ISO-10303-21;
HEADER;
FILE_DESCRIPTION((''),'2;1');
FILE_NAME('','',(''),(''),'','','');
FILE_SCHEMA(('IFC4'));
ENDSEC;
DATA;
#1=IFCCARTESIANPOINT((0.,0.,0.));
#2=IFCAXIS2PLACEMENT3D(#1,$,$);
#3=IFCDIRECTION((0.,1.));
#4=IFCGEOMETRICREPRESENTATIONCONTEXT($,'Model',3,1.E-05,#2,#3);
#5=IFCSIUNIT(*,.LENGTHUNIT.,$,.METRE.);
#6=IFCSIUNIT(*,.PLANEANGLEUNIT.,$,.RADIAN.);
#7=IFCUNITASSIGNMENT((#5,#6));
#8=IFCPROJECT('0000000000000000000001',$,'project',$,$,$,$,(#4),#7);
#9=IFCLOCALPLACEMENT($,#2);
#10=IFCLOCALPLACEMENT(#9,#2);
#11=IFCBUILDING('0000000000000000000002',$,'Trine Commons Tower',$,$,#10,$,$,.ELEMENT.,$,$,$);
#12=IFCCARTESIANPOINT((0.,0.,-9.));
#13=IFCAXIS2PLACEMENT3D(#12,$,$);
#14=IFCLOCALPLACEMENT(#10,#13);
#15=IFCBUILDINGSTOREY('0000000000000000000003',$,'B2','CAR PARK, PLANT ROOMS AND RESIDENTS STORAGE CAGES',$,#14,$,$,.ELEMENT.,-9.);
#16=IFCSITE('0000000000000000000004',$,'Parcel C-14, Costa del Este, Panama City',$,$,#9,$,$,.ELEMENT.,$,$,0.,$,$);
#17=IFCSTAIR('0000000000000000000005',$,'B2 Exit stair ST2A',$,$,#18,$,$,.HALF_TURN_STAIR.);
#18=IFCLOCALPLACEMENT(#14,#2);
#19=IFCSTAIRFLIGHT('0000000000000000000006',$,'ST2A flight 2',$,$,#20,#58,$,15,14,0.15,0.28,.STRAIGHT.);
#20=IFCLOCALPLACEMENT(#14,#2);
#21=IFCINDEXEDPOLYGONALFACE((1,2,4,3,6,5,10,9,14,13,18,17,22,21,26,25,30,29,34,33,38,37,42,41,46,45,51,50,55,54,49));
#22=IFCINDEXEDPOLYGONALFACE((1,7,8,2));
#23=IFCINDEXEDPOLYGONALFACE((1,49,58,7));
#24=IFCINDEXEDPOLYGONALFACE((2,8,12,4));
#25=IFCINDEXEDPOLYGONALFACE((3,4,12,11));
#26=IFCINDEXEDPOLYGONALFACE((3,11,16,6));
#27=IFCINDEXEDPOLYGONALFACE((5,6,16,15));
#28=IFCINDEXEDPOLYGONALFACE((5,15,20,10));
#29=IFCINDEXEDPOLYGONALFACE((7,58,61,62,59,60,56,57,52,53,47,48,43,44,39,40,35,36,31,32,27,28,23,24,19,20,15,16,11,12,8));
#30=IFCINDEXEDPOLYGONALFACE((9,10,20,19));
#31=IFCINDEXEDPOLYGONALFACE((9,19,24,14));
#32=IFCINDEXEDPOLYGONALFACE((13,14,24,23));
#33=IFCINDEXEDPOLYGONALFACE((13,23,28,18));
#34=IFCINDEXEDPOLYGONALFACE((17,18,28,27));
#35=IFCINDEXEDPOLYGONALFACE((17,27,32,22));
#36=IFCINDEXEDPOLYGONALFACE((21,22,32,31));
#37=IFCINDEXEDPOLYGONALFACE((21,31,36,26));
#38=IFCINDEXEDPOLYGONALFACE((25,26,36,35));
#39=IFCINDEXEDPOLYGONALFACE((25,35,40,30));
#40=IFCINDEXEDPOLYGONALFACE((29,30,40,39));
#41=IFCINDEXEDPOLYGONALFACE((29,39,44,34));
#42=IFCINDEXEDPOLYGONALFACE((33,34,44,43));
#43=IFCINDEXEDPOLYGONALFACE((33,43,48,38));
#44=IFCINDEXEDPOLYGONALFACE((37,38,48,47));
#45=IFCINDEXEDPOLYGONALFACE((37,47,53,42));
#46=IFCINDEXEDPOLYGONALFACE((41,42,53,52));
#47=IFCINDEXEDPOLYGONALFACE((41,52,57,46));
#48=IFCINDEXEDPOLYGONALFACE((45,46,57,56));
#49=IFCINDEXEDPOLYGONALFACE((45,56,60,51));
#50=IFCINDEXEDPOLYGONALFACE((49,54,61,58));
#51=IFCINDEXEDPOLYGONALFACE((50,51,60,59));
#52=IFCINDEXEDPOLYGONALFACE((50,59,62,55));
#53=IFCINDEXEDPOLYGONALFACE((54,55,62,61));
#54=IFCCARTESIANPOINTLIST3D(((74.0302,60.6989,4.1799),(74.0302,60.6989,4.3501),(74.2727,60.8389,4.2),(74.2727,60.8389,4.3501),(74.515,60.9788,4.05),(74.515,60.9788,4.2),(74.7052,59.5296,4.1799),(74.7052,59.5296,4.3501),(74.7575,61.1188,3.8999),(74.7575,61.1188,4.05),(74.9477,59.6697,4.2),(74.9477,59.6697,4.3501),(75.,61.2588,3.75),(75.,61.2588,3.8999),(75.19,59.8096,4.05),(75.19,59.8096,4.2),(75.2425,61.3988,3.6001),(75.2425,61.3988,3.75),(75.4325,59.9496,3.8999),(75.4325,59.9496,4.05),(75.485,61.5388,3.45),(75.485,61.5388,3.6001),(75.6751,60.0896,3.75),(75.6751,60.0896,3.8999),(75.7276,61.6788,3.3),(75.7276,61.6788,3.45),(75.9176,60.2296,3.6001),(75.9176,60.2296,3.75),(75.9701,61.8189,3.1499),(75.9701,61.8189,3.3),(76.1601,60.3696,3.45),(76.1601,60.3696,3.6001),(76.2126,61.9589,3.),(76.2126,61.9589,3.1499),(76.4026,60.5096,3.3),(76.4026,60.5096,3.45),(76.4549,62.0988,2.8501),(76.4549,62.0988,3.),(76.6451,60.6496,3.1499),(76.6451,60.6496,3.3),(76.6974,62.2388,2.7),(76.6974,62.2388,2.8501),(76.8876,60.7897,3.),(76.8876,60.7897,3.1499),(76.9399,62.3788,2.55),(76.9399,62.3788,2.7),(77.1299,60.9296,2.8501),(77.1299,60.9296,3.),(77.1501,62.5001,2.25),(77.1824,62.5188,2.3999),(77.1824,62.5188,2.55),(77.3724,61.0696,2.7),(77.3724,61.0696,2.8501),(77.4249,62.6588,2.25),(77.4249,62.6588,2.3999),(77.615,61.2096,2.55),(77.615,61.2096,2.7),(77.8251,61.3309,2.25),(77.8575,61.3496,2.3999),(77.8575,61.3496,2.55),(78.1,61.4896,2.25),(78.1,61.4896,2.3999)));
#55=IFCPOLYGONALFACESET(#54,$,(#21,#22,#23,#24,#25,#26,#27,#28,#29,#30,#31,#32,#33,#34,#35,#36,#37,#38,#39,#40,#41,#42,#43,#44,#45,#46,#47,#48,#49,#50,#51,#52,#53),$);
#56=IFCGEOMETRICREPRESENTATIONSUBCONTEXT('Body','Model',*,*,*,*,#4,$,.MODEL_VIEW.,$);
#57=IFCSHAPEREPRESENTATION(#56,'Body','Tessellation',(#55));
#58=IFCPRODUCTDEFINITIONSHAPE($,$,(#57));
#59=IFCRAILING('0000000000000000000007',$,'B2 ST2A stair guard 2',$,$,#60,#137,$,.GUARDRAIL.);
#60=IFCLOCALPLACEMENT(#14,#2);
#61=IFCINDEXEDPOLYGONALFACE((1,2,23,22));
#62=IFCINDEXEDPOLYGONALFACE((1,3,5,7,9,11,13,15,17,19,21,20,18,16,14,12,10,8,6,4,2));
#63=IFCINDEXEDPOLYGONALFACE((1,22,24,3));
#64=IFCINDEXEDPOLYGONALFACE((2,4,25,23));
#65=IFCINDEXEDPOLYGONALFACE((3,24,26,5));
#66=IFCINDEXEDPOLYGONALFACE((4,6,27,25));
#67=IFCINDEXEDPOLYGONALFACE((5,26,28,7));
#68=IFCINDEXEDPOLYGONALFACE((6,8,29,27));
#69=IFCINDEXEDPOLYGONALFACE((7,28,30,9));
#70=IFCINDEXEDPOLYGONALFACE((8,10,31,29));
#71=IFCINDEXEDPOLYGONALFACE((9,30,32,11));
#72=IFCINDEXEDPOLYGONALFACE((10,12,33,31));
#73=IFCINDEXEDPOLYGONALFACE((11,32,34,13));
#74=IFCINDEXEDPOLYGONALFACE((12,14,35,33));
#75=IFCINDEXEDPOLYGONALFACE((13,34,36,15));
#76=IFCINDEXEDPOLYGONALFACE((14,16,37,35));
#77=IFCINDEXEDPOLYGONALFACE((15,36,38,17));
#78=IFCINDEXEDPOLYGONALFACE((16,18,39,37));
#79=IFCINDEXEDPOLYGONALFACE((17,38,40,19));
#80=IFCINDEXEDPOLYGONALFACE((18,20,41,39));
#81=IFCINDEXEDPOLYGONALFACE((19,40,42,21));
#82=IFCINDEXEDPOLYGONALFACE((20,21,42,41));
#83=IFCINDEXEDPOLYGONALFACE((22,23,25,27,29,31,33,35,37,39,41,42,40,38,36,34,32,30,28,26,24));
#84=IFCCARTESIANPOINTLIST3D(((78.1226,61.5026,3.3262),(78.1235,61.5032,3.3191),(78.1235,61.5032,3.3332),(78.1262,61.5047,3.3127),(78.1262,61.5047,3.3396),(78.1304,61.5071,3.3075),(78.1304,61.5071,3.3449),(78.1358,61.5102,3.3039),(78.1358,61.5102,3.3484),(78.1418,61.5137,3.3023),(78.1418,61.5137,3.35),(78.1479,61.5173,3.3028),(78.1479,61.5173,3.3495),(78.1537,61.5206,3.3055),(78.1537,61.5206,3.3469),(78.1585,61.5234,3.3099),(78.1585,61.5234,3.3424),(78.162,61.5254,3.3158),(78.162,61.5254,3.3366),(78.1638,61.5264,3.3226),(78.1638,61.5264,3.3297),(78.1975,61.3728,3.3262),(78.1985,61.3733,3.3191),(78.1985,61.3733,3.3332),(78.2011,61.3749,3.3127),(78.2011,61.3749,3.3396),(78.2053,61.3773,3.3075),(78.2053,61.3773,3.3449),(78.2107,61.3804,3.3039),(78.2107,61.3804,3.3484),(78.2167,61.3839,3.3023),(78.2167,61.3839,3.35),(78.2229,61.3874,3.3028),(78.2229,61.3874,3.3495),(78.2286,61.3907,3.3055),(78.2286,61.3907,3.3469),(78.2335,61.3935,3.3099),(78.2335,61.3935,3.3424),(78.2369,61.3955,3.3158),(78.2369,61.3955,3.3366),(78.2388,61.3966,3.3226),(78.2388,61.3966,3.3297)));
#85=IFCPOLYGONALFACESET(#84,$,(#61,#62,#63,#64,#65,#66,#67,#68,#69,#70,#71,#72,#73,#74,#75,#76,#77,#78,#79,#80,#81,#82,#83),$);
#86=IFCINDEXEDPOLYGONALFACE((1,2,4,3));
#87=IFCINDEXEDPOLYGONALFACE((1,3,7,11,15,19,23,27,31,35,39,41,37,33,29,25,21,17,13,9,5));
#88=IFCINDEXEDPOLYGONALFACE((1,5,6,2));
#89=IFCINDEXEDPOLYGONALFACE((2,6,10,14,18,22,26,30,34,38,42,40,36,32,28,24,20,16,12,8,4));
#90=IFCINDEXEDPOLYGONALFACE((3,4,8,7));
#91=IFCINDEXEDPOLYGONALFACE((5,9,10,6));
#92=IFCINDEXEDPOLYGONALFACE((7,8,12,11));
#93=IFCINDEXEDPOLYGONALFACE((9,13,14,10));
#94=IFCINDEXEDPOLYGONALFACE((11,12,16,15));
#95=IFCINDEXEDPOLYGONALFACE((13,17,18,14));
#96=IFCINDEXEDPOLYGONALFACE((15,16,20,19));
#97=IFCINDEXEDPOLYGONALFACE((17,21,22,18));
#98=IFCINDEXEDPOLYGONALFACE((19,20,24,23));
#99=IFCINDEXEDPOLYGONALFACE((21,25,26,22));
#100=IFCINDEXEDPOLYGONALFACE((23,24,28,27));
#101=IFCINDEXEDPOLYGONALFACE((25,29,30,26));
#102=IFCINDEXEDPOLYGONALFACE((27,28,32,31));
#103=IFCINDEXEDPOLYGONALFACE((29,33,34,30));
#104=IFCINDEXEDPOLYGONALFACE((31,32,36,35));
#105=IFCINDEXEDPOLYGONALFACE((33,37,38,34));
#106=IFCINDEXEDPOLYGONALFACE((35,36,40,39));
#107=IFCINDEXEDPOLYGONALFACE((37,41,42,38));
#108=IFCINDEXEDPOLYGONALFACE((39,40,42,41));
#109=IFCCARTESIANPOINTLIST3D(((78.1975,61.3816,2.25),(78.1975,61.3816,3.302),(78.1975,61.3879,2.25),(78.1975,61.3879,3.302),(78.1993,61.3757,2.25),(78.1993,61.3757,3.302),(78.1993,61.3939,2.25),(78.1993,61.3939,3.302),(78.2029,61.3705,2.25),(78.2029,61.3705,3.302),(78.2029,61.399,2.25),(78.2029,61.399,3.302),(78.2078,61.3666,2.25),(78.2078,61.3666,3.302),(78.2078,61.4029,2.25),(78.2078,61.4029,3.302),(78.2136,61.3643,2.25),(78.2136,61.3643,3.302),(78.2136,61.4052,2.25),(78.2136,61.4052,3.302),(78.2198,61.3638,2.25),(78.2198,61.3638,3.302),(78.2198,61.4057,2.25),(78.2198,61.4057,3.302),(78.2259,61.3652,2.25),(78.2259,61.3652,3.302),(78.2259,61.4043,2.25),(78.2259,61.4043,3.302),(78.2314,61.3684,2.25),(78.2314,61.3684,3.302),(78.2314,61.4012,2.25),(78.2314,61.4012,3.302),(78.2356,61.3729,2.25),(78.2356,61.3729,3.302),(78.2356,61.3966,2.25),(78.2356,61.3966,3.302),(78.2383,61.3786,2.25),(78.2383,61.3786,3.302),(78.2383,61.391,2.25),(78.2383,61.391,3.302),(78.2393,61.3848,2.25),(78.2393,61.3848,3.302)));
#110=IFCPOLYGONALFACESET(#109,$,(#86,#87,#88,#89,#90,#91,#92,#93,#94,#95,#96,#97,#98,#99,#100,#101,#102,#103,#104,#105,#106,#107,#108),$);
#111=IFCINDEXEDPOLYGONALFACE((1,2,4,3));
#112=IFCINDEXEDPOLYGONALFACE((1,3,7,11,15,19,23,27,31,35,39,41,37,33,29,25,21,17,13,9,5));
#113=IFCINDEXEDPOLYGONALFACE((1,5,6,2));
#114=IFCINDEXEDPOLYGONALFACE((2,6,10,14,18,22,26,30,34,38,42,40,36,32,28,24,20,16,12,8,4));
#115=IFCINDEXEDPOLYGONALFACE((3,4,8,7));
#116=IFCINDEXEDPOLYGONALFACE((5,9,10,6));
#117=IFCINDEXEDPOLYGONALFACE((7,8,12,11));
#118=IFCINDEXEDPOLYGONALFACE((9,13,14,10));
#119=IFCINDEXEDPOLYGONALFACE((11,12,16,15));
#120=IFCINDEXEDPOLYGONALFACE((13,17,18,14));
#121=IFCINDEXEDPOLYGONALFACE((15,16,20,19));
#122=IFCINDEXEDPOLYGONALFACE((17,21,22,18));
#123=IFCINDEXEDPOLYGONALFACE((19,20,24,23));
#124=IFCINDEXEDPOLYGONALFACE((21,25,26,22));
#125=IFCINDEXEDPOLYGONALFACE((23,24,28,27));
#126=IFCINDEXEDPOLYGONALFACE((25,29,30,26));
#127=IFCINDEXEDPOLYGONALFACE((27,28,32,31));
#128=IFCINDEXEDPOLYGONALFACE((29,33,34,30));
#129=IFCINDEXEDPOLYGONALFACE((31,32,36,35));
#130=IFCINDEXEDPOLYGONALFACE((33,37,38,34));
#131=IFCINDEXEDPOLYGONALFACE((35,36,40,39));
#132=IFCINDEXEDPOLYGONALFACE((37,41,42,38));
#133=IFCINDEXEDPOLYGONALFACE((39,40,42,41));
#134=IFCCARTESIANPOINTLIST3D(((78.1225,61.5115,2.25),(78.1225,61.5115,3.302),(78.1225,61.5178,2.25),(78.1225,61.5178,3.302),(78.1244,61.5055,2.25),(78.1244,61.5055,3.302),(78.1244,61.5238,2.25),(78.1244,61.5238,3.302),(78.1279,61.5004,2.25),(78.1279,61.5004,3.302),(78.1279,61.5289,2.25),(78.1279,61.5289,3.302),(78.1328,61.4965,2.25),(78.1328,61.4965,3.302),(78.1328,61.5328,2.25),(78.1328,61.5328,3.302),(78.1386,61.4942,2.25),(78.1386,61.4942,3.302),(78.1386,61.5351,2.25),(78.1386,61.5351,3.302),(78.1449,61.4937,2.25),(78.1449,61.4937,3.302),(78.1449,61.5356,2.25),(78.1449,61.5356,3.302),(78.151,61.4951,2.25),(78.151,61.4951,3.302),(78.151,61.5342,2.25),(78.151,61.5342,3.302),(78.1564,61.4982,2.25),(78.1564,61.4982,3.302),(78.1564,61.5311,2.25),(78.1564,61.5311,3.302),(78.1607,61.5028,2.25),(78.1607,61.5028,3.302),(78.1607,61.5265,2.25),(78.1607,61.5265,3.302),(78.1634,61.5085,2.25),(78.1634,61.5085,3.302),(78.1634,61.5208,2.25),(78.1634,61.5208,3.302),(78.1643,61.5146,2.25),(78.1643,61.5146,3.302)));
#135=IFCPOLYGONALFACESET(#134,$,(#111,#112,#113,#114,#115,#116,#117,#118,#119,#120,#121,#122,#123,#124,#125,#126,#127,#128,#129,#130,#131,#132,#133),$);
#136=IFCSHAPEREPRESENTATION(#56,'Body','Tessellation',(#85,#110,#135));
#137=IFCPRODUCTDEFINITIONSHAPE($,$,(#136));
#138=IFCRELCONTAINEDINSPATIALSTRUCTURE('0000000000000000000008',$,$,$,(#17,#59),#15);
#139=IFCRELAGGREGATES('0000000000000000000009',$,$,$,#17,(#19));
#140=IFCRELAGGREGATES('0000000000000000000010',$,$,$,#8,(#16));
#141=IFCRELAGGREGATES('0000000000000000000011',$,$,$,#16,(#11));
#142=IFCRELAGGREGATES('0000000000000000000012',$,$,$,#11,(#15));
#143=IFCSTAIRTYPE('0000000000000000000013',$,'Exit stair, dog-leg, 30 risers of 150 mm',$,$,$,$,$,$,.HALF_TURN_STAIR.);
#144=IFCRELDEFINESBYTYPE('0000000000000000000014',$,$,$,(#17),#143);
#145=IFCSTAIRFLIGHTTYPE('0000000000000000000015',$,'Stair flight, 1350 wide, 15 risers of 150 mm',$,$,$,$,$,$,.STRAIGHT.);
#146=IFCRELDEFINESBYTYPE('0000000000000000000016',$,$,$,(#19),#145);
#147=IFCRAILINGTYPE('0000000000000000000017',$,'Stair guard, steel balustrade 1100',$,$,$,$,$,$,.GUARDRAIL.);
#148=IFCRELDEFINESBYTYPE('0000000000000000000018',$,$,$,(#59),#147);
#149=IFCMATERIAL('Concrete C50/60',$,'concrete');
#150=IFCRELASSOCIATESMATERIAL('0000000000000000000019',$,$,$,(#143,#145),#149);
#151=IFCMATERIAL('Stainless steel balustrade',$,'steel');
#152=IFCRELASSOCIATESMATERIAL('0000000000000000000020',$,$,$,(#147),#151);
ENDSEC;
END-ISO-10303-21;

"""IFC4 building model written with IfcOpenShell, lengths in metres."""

from ifc_helpers import new_model, si_unit, direction, frame, origin, origin_2d, place, context, subcontext, project, spatial, polyline, circle, outline, extrude, material, type_object, element, aggregate, save


model = new_model("IFC4")

# Units and contexts
model_context = context("Model", 3, precision=1e-05, world=origin(), true_north=direction((0.0, 1.0)))
body_context = subcontext(model_context, "Body", "Model", "MODEL_VIEW")
ifc_project = project(units=[si_unit("LENGTHUNIT", "METRE"), si_unit("PLANEANGLEUNIT", "RADIAN")], contexts=[model_context])

# Site, building, storey
site_placement = place(None, origin())
site = spatial("IfcSite", under=ifc_project, at=site_placement, Name="Parcel C-14, Costa del Este, Panama City", CompositionType="ELEMENT", RefElevation=0.0)
building_placement = place(site_placement, origin())
building = spatial("IfcBuilding", under=site, at=building_placement, Name="Trine Commons Tower", CompositionType="ELEMENT")
storey_placement = place(building_placement, frame((0.0, 0.0, -9.0)))
storey = spatial("IfcBuildingStorey", under=building, at=storey_placement, Name="B2", Description="CAR PARK, PLANT ROOMS AND RESIDENTS STORAGE CAGES", CompositionType="ELEMENT", Elevation=-9.0)

# Stair, stair flight
ifc_material_1 = material(Name="Concrete C50/60", Category="concrete")
stair_type = type_object("IfcStairType", Name="Exit stair, dog-leg, 30 risers of 150 mm", PredefinedType="HALF_TURN_STAIR", material=ifc_material_1)
stair_placement = place(storey_placement, origin())
stair = element("IfcStair", 1, at=stair_placement, inside=storey, type_object=stair_type, Name="B2 Exit stair ST2A", PredefinedType="HALF_TURN_STAIR")
stair_flight_type = type_object("IfcStairFlightType", Name="Stair flight, 1350 wide, 15 risers of 150 mm", PredefinedType="STRAIGHT", material=ifc_material_1)
stair_flight_placement = place(storey_placement, frame((77.7625, 62.0742, 2.25), z_axis=(0.0, 0.0, 1.0), x_axis=(-0.866025, -0.5, 0.0)))
stair_flight = element("IfcStairFlight", 2, at=stair_flight_placement, type_object=stair_flight_type, Name="ST2A flight 2", NumberOfRisers=15, NumberOfTreads=14, PredefinedType="STRAIGHT", RiserHeight=0.15, TreadLength=0.28, context=body_context, shape_type="SweptSolid", body=[
    extrude(outline(polyline([(0.0, 0.0), (0.0, 0.1499), (0.28, 0.1499), (0.28, 0.3), (0.5601, 0.3), (0.5601, 0.45), (0.8401, 0.45), (0.8401, 0.6001), (1.1201, 0.6001), (1.1201, 0.75), (1.3999, 0.75), (1.3999, 0.8999), (1.6799, 0.8999), (1.6799, 1.05), (1.96, 1.05), (1.96, 1.2), (2.24, 1.2), (2.24, 1.3501), (2.52, 1.3501), (2.52, 1.5), (2.8, 1.5), (2.8, 1.6499), (3.0801, 1.6499), (3.0801, 1.8), (3.3601, 1.8), (3.3601, 1.95), (3.6399, 1.95), (3.6399, 2.1001), (3.9199, 2.1001), (3.9199, 2.25), (3.9199, 1.9299), (0.3174, 0.0), (0.0, 0.0)])), frame((0.0, 0.675, 0.0), z_axis=(0.0, -1.0, 0.0), x_axis=(1.0, 0.0, 0.0)), (0.0, 0.0, 1.0), 1.3501),
])
aggregate(stair, [stair_flight])

# Railing
ifc_material_2 = material(Name="Stainless steel balustrade", Category="steel")
railing_type_1 = type_object("IfcRailingType", Name="Stair guard, steel balustrade 1100", PredefinedType="GUARDRAIL", material=ifc_material_2)
railing_1_placement = place(storey_placement, frame((78.2183, 61.3848, 2.25)))
element("IfcRailing", 3, at=railing_1_placement, inside=storey, type_object=railing_type_1, Name="B2 ST2A stair guard 2", PredefinedType="GUARDRAIL", context=body_context, shape_type="SweptSolid", body=[
    extrude(circle(Radius=0.0239, at=origin_2d()), frame((0.0, 0.0, 1.0762), z_axis=(-0.499816, 0.866131, 0.0), x_axis=(-0.866131, -0.499816, 0.0)), (0.0, 0.0, 1.0), 0.1499),
    extrude(circle(Radius=0.021, at=origin_2d()), origin(), (0.0, 0.0, 1.0), 1.052),
    extrude(circle(Radius=0.021, at=origin_2d()), frame((-0.075, 0.1299, 0.0)), (0.0, 0.0, 1.0), 1.052),
])

save(model, "model.ifc")
